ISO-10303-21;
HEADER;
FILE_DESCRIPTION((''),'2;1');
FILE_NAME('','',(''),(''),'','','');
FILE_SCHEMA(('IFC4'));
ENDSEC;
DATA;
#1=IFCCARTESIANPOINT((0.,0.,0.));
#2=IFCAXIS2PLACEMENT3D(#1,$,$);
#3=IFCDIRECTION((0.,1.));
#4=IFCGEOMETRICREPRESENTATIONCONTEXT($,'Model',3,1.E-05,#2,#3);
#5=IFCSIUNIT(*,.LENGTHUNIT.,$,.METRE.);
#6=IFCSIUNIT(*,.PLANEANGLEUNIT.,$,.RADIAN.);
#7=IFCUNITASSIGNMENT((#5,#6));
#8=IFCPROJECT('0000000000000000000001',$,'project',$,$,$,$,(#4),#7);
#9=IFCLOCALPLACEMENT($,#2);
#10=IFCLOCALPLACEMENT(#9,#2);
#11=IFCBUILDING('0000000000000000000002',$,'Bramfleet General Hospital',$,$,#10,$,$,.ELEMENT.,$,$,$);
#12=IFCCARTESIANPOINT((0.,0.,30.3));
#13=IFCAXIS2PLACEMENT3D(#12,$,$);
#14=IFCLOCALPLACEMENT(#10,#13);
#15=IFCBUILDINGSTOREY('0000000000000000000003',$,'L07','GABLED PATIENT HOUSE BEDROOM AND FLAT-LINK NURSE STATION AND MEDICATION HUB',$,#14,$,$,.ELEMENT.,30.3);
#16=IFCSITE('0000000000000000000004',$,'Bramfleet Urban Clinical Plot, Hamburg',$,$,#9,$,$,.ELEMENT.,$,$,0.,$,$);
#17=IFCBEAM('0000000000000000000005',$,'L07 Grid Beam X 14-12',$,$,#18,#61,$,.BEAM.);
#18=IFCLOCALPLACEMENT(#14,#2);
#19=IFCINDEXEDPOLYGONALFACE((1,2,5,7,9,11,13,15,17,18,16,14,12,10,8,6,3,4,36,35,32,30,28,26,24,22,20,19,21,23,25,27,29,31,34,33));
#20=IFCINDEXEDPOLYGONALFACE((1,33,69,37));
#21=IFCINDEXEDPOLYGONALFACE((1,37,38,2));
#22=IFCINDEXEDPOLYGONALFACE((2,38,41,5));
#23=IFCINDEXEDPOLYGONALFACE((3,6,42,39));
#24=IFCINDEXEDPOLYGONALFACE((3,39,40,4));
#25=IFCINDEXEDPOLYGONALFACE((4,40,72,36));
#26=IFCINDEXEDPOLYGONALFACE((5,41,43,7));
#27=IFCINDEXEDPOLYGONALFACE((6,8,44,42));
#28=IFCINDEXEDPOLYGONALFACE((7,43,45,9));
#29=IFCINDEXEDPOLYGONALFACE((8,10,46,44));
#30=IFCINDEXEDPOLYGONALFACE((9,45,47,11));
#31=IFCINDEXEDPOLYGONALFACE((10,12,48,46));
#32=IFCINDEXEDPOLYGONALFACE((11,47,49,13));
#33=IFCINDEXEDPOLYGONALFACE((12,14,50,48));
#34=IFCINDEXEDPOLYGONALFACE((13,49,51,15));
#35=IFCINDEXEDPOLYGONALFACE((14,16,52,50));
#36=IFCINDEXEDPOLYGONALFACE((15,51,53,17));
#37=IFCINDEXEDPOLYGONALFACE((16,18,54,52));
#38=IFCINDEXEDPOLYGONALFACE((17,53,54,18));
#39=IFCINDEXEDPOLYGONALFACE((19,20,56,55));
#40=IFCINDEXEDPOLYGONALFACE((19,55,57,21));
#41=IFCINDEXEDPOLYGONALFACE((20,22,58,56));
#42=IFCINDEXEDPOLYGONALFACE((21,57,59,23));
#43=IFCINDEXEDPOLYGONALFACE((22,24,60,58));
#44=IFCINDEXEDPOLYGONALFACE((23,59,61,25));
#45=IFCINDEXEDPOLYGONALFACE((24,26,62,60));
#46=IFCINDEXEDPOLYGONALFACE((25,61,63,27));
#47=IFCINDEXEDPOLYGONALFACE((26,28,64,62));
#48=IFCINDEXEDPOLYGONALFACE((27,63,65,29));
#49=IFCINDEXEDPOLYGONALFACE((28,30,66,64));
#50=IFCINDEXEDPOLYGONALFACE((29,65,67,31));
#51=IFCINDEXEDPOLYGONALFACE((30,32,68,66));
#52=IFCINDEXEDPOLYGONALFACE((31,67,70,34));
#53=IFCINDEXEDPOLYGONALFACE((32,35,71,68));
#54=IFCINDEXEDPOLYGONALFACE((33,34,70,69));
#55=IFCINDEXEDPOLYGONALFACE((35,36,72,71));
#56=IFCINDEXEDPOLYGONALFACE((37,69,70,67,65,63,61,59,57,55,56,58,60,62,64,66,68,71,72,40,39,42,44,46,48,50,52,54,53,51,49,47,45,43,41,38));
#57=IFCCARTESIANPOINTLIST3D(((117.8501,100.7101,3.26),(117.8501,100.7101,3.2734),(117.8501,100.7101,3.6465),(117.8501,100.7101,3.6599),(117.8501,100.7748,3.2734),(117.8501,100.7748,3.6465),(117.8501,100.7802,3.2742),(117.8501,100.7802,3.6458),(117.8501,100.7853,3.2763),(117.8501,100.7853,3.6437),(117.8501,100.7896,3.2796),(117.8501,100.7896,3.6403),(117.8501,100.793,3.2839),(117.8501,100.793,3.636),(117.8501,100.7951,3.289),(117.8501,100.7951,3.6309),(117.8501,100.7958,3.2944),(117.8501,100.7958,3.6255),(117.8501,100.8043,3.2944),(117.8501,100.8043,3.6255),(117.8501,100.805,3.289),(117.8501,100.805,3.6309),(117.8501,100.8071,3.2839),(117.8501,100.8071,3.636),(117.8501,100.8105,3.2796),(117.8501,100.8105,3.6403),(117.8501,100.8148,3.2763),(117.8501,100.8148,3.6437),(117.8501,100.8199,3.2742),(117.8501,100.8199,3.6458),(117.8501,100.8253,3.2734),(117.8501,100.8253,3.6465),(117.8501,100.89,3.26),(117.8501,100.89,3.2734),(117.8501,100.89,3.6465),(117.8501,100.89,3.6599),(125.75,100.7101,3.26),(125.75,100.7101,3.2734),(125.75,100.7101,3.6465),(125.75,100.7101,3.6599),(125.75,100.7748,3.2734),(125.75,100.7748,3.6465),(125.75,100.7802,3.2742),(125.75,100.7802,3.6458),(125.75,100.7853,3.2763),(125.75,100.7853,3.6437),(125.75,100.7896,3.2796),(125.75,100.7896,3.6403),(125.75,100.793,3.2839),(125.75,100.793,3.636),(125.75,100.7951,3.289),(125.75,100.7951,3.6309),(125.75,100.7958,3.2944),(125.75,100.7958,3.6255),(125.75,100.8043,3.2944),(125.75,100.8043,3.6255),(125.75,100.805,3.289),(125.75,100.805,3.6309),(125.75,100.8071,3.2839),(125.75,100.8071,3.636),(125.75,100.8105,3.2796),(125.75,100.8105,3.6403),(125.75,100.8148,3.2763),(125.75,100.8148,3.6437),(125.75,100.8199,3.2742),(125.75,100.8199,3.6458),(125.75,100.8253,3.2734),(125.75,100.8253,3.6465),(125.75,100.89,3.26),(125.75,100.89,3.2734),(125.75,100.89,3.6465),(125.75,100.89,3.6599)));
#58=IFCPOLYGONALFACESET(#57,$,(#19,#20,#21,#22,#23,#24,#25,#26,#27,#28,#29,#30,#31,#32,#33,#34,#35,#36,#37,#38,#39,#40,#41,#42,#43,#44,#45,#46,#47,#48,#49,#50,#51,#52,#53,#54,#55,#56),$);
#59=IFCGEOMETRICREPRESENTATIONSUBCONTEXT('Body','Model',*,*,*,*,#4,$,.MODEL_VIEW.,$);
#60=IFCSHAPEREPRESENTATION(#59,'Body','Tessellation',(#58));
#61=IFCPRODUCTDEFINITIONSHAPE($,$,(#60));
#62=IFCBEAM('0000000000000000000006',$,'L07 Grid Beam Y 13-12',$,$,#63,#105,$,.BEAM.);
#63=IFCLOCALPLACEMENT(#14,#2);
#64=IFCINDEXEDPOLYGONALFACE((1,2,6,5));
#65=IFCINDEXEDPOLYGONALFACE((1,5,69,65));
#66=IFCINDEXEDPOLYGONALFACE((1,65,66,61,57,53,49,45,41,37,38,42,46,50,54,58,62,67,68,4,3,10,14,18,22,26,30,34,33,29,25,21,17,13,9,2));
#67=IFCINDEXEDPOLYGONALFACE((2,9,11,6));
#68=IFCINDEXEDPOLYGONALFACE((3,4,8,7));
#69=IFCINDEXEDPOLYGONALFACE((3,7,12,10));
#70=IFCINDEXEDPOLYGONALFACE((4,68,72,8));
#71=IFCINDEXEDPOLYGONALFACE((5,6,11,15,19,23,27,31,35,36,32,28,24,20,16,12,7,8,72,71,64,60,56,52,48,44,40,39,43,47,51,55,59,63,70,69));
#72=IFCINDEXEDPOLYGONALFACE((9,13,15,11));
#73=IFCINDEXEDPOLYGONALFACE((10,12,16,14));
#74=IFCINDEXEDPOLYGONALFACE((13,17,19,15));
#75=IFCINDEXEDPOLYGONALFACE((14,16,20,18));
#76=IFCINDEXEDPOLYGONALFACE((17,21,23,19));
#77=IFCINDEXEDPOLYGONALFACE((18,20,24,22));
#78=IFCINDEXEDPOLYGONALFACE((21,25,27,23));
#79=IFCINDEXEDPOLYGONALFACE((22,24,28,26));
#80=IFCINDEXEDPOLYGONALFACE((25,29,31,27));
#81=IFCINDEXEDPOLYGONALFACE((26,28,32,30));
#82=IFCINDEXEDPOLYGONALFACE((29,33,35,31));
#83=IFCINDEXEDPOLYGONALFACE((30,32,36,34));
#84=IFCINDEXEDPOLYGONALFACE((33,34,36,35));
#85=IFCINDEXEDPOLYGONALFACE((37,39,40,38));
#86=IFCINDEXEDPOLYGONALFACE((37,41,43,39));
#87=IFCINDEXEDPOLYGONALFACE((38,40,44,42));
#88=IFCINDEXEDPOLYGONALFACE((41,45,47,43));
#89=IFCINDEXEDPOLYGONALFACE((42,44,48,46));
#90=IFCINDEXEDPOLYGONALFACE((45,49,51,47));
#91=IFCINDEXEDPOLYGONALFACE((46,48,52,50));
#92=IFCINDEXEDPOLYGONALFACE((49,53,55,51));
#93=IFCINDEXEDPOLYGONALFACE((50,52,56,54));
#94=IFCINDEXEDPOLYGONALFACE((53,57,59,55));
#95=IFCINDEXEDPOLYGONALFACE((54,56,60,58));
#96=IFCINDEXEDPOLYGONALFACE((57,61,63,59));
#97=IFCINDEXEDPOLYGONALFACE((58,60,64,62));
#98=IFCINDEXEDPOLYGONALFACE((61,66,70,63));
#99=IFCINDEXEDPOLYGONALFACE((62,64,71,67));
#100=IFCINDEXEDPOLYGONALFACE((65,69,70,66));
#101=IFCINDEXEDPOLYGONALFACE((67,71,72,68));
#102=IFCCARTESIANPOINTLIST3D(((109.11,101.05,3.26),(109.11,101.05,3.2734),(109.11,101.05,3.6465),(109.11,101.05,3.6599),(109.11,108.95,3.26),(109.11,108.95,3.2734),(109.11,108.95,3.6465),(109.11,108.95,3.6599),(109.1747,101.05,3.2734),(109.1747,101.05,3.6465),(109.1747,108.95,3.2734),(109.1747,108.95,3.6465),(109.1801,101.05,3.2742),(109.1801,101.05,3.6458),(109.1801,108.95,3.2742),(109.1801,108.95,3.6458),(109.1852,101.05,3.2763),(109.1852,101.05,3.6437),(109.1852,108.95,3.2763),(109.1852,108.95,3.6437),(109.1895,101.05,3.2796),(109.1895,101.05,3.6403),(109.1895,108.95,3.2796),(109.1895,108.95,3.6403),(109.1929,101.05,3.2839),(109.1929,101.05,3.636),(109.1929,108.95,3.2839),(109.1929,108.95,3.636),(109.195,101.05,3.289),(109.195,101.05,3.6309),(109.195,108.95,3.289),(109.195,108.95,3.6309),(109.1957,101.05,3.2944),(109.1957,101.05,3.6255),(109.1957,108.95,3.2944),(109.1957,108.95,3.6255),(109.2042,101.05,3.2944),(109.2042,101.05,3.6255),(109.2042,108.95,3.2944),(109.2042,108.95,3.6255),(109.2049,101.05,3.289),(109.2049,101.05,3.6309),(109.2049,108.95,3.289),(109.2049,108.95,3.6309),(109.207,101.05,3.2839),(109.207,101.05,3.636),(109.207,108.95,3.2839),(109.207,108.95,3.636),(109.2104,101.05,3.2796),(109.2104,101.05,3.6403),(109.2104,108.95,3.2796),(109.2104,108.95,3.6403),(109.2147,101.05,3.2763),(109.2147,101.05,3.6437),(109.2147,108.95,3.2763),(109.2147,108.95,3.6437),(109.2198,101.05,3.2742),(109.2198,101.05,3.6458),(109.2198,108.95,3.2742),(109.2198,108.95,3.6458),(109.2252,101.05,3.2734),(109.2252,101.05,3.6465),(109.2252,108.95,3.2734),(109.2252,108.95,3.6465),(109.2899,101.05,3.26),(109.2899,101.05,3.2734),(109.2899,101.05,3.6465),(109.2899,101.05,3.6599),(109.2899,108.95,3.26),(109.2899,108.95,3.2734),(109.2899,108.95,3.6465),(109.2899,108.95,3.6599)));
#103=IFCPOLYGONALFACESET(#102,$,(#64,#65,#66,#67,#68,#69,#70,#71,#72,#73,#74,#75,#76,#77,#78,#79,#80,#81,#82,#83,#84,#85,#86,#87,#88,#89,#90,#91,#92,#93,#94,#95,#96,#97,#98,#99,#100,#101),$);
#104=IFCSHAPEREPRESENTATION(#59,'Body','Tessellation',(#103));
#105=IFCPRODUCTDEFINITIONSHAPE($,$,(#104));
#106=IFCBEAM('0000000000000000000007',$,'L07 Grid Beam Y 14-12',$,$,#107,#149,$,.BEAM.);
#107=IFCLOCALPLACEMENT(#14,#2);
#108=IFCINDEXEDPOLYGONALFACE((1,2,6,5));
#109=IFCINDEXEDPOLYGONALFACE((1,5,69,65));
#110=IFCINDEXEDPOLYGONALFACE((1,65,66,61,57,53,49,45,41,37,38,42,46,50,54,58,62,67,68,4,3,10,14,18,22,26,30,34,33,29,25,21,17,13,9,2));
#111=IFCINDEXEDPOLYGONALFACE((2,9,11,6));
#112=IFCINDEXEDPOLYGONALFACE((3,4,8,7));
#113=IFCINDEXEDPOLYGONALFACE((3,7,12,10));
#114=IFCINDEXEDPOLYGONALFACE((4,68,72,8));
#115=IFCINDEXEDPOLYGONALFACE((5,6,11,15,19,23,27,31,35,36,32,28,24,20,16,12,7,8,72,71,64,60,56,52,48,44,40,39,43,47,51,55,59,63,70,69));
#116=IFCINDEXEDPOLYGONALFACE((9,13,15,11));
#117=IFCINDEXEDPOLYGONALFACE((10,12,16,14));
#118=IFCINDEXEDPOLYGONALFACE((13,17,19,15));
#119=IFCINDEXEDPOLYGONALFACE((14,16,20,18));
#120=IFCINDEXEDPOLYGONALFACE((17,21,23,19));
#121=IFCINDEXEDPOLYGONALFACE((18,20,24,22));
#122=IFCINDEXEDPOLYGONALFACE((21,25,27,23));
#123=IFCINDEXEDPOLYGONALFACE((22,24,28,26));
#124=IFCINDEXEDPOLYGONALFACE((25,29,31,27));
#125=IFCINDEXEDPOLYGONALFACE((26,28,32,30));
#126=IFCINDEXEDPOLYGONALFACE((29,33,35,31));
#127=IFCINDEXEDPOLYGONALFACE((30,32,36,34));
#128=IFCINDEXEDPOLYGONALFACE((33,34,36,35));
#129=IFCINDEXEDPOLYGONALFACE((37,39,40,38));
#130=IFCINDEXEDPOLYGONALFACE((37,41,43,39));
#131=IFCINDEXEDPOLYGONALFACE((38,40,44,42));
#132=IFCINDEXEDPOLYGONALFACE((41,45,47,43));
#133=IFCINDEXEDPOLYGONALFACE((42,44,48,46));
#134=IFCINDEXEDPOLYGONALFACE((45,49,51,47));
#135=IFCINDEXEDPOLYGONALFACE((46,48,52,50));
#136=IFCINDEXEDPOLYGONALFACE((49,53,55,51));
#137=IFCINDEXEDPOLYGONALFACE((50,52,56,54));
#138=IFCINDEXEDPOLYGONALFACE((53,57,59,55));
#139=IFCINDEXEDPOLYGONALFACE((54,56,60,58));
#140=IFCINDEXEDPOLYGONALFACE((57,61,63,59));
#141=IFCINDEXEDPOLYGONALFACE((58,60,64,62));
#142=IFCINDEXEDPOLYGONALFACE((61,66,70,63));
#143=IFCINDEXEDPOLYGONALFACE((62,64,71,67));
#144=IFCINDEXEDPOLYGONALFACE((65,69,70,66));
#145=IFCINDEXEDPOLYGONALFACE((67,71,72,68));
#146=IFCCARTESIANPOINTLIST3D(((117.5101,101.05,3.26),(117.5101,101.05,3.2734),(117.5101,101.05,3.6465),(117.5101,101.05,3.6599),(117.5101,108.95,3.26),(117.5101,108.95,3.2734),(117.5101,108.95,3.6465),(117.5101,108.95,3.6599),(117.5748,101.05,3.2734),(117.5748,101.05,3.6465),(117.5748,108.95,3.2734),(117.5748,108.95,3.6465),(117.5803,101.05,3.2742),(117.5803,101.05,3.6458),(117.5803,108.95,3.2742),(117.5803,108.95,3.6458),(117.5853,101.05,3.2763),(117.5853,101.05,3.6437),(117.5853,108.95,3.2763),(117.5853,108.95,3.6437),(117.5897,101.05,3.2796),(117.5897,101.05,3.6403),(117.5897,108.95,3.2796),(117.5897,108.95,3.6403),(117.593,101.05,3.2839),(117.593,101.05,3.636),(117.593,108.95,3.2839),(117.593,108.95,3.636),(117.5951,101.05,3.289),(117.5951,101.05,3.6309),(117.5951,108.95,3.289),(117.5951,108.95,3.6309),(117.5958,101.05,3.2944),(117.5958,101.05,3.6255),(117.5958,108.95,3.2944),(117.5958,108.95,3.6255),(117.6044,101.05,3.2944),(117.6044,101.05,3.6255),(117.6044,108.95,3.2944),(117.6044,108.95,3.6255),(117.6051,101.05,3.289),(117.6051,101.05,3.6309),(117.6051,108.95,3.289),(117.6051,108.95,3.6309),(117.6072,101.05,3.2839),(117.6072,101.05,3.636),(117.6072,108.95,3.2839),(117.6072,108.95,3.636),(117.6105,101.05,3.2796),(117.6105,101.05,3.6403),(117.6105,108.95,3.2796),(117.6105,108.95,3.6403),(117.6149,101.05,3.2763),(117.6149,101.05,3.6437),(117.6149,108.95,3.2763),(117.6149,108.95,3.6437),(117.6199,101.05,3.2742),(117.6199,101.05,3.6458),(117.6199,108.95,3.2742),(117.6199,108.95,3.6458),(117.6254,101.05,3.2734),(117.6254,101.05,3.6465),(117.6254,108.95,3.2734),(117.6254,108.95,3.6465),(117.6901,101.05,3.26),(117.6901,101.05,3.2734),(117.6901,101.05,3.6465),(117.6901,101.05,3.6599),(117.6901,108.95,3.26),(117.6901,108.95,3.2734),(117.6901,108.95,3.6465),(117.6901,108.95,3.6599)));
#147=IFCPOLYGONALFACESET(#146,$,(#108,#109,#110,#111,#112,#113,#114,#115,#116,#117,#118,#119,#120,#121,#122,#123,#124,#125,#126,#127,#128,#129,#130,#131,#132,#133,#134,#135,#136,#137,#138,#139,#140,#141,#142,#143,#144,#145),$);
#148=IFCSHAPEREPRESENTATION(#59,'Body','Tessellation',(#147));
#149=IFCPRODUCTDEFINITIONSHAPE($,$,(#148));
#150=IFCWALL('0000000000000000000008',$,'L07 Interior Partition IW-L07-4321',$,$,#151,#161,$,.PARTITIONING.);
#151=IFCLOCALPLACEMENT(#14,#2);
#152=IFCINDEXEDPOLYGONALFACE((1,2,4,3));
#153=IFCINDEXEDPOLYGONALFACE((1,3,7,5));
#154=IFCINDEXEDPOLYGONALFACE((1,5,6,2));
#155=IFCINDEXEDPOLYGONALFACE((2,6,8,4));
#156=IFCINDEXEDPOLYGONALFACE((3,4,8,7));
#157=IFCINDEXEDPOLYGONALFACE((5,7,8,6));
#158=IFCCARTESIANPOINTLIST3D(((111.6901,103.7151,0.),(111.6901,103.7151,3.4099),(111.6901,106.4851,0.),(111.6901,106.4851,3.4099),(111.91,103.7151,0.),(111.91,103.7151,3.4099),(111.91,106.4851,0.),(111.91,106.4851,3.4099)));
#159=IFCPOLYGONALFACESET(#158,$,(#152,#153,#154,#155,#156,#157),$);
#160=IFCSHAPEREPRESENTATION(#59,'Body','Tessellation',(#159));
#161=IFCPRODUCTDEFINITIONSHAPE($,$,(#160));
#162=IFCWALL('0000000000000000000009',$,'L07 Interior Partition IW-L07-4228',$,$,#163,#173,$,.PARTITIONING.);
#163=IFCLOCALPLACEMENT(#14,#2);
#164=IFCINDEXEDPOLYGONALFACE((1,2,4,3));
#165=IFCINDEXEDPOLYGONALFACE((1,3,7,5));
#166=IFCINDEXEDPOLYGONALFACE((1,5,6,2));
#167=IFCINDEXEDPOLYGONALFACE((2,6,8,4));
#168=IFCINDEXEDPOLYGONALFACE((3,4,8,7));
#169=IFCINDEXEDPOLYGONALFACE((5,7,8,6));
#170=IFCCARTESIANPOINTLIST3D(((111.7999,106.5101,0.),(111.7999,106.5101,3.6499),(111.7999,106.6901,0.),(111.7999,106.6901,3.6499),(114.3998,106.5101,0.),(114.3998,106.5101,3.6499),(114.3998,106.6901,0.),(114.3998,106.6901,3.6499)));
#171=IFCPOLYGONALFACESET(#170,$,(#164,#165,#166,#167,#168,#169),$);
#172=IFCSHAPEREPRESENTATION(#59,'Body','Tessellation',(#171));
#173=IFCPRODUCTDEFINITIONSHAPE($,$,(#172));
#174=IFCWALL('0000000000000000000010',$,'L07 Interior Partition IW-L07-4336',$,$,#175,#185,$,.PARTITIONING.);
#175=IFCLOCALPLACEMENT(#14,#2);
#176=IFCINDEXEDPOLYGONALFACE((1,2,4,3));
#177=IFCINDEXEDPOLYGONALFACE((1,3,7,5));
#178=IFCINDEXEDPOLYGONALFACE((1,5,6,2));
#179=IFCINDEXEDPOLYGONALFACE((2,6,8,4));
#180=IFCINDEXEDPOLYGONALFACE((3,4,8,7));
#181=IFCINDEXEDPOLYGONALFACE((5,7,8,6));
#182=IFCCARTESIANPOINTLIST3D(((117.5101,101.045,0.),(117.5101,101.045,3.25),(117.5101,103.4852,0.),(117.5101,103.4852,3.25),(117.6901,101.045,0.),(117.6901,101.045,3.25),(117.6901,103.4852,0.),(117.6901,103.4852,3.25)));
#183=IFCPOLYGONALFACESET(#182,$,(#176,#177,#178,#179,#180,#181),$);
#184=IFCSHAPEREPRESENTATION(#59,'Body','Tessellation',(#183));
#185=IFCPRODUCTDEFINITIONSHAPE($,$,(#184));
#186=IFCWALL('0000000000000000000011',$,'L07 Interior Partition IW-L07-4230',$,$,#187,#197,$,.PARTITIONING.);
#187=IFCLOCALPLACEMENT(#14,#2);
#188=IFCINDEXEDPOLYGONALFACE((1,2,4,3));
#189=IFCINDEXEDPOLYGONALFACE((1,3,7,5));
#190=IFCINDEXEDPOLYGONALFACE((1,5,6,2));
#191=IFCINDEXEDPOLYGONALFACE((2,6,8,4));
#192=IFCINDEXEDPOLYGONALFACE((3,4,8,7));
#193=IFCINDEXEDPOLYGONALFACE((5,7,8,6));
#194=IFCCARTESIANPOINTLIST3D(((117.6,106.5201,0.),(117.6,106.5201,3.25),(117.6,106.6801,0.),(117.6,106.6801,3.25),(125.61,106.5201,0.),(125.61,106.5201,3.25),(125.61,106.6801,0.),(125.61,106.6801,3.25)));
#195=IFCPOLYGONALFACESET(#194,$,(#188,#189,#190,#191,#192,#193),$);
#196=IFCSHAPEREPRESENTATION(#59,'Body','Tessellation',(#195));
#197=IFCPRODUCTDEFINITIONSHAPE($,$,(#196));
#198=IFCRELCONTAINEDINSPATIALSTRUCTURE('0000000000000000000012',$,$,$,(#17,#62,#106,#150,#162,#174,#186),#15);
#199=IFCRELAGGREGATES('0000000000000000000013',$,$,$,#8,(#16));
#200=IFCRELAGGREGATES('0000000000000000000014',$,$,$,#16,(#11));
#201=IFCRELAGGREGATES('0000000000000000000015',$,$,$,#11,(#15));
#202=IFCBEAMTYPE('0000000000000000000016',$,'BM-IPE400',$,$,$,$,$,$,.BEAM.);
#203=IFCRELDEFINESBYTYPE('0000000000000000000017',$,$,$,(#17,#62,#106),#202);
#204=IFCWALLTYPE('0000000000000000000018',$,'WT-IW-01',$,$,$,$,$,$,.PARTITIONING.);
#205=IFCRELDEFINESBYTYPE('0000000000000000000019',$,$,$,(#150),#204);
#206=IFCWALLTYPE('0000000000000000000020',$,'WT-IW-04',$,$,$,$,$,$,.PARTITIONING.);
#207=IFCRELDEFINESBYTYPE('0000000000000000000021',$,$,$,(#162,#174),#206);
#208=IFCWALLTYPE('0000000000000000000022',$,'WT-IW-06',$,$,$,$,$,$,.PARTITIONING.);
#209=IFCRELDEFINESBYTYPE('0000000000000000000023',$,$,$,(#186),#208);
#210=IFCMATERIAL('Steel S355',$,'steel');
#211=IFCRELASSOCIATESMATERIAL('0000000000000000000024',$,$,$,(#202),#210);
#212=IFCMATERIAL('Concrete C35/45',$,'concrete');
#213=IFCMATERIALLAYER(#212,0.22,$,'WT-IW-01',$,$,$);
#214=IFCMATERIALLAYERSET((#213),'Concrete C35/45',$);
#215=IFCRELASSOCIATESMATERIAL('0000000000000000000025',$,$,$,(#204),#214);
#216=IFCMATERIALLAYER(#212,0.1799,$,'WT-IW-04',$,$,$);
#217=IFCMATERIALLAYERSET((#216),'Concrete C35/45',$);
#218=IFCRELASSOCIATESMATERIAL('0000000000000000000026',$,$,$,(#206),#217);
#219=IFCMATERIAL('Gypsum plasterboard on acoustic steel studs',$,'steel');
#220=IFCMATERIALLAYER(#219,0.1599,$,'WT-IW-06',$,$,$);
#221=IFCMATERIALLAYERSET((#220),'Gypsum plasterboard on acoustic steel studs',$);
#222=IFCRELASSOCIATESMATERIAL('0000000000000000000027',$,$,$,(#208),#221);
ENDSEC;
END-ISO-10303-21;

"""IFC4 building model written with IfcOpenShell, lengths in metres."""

from ifc_helpers import new_model, si_unit, direction, frame, frame_2d, origin, origin_2d, place, context, subcontext, project, spatial, rectangle, i_section, extrude, material, layer, layer_set, material_profile, profile_set, type_object, element, save


model = new_model("IFC4")

# Units and contexts
model_context = context("Model", 3, precision=1e-05, world=origin(), true_north=direction((0.0, 1.0)))
body_context = subcontext(model_context, "Body", "Model", "MODEL_VIEW")
ifc_project = project(units=[si_unit("LENGTHUNIT", "METRE"), si_unit("PLANEANGLEUNIT", "RADIAN")], contexts=[model_context])

# Site, building, storey
site_placement = place(None, origin())
site = spatial("IfcSite", under=ifc_project, at=site_placement, Name="Bramfleet Urban Clinical Plot, Hamburg", CompositionType="ELEMENT", RefElevation=0.0)
building_placement = place(site_placement, origin())
building = spatial("IfcBuilding", under=site, at=building_placement, Name="Bramfleet General Hospital", CompositionType="ELEMENT")
storey_placement = place(building_placement, frame((0.0, 0.0, 30.3)))
storey = spatial("IfcBuildingStorey", under=building, at=storey_placement, Name="L07", Description="GABLED PATIENT HOUSE BEDROOM AND FLAT-LINK NURSE STATION AND MEDICATION HUB", CompositionType="ELEMENT", Elevation=30.3)

# Beams
ifc_material_1 = material(Name="Steel S355", Category="steel")
ifc_material_profile_1 = material_profile(ifc_material_1, i_section(OverallWidth=0.1799, OverallDepth=0.3999, WebThickness=0.0085, FlangeThickness=0.0134, FilletRadius=0.021, at=origin_2d()), Name="IPE 400")
ifc_profile_set_1 = profile_set([ifc_material_profile_1], Name="Steel S355")
beam_type_1 = type_object("IfcBeamType", Name="BM-IPE400", PredefinedType="BEAM", material=ifc_profile_set_1)
for number, where, z_axis, x_axis, name in (
    (1, (117.8501, 100.8, 3.46), (1.0, 0.0, 0.0), (0.0, 1.0, 0.0), "L07 Grid Beam X 14-12"),
    (2, (109.2, 101.05, 3.46), (0.0, 1.0, 0.0), (-1.0, 0.0, 0.0), "L07 Grid Beam Y 13-12"),
    (3, (117.6001, 101.05, 3.46), (0.0, 1.0, 0.0), (-1.0, 0.0, 0.0), "L07 Grid Beam Y 14-12"),
):
    element("IfcBeam", number, at=place(storey_placement, frame(where, z_axis=z_axis, x_axis=x_axis)), inside=storey, type_object=beam_type_1, Name=name, PredefinedType="BEAM", context=body_context, shape_type="SweptSolid", body=[
        extrude(i_section(OverallWidth=0.1799, OverallDepth=0.3999, WebThickness=0.0085, FlangeThickness=0.0134, FilletRadius=0.021, at=origin_2d()), origin(), (0.0, 0.0, 1.0), 7.8999),
    ])

# Walls
ifc_material_2 = material(Name="Concrete C35/45", Category="concrete")
ifc_layer_1 = layer(ifc_material_2, 0.22, Name="WT-IW-01")
ifc_layer_set_1 = layer_set([ifc_layer_1], Name="Concrete C35/45")
wall_type_1 = type_object("IfcWallType", Name="WT-IW-01", PredefinedType="PARTITIONING", material=ifc_layer_set_1)
wall_1_placement = place(storey_placement, frame((111.8, 103.7151, 0.0), z_axis=(0.0, 0.0, 1.0), x_axis=(0.0, 1.0, 0.0)))
element("IfcWall", 4, at=wall_1_placement, inside=storey, type_object=wall_type_1, Name="L07 Interior Partition IW-L07-4321", PredefinedType="PARTITIONING", context=body_context, shape_type="SweptSolid", body=[
    extrude(rectangle(XDim=2.77, YDim=0.22, at=frame_2d((1.385, 0.0))), origin(), (0.0, 0.0, 1.0), 3.4099),
])
ifc_layer_2 = layer(ifc_material_2, 0.1799, Name="WT-IW-04")
ifc_layer_set_2 = layer_set([ifc_layer_2], Name="Concrete C35/45")
wall_type_2 = type_object("IfcWallType", Name="WT-IW-04", PredefinedType="PARTITIONING", material=ifc_layer_set_2)
wall_2_placement = place(storey_placement, frame((111.8, 106.6001, 0.0), z_axis=(0.0, 0.0, 1.0), x_axis=(1.0, 0.0, 0.0)))
element("IfcWall", 5, at=wall_2_placement, inside=storey, type_object=wall_type_2, Name="L07 Interior Partition IW-L07-4228", PredefinedType="PARTITIONING", context=body_context, shape_type="SweptSolid", body=[
    extrude(rectangle(XDim=2.5999, YDim=0.1799, at=frame_2d((1.2998, 0.0))), origin(), (0.0, 0.0, 1.0), 3.6499),
])
wall_3_placement = place(storey_placement, frame((117.6001, 101.0449, 0.0), z_axis=(0.0, 0.0, 1.0), x_axis=(0.0, 1.0, 0.0)))
element("IfcWall", 6, at=wall_3_placement, inside=storey, type_object=wall_type_2, Name="L07 Interior Partition IW-L07-4336", PredefinedType="PARTITIONING", context=body_context, shape_type="SweptSolid", body=[
    extrude(rectangle(XDim=2.4402, YDim=0.1799, at=frame_2d((1.2202, 0.0))), origin(), (0.0, 0.0, 1.0), 3.25),
])
ifc_material_3 = material(Name="Gypsum plasterboard on acoustic steel studs", Category="steel")
ifc_layer_3 = layer(ifc_material_3, 0.1599, Name="WT-IW-06")
ifc_layer_set_3 = layer_set([ifc_layer_3], Name="Gypsum plasterboard on acoustic steel studs")
wall_type_3 = type_object("IfcWallType", Name="WT-IW-06", PredefinedType="PARTITIONING", material=ifc_layer_set_3)
wall_4_placement = place(storey_placement, frame((117.6001, 106.6001, 0.0), z_axis=(0.0, 0.0, 1.0), x_axis=(1.0, 0.0, 0.0)))
element("IfcWall", 7, at=wall_4_placement, inside=storey, type_object=wall_type_3, Name="L07 Interior Partition IW-L07-4230", PredefinedType="PARTITIONING", context=body_context, shape_type="SweptSolid", body=[
    extrude(rectangle(XDim=8.01, YDim=0.1599, at=frame_2d((4.0049, 0.0))), origin(), (0.0, 0.0, 1.0), 3.25),
])

save(model, "model.ifc")
